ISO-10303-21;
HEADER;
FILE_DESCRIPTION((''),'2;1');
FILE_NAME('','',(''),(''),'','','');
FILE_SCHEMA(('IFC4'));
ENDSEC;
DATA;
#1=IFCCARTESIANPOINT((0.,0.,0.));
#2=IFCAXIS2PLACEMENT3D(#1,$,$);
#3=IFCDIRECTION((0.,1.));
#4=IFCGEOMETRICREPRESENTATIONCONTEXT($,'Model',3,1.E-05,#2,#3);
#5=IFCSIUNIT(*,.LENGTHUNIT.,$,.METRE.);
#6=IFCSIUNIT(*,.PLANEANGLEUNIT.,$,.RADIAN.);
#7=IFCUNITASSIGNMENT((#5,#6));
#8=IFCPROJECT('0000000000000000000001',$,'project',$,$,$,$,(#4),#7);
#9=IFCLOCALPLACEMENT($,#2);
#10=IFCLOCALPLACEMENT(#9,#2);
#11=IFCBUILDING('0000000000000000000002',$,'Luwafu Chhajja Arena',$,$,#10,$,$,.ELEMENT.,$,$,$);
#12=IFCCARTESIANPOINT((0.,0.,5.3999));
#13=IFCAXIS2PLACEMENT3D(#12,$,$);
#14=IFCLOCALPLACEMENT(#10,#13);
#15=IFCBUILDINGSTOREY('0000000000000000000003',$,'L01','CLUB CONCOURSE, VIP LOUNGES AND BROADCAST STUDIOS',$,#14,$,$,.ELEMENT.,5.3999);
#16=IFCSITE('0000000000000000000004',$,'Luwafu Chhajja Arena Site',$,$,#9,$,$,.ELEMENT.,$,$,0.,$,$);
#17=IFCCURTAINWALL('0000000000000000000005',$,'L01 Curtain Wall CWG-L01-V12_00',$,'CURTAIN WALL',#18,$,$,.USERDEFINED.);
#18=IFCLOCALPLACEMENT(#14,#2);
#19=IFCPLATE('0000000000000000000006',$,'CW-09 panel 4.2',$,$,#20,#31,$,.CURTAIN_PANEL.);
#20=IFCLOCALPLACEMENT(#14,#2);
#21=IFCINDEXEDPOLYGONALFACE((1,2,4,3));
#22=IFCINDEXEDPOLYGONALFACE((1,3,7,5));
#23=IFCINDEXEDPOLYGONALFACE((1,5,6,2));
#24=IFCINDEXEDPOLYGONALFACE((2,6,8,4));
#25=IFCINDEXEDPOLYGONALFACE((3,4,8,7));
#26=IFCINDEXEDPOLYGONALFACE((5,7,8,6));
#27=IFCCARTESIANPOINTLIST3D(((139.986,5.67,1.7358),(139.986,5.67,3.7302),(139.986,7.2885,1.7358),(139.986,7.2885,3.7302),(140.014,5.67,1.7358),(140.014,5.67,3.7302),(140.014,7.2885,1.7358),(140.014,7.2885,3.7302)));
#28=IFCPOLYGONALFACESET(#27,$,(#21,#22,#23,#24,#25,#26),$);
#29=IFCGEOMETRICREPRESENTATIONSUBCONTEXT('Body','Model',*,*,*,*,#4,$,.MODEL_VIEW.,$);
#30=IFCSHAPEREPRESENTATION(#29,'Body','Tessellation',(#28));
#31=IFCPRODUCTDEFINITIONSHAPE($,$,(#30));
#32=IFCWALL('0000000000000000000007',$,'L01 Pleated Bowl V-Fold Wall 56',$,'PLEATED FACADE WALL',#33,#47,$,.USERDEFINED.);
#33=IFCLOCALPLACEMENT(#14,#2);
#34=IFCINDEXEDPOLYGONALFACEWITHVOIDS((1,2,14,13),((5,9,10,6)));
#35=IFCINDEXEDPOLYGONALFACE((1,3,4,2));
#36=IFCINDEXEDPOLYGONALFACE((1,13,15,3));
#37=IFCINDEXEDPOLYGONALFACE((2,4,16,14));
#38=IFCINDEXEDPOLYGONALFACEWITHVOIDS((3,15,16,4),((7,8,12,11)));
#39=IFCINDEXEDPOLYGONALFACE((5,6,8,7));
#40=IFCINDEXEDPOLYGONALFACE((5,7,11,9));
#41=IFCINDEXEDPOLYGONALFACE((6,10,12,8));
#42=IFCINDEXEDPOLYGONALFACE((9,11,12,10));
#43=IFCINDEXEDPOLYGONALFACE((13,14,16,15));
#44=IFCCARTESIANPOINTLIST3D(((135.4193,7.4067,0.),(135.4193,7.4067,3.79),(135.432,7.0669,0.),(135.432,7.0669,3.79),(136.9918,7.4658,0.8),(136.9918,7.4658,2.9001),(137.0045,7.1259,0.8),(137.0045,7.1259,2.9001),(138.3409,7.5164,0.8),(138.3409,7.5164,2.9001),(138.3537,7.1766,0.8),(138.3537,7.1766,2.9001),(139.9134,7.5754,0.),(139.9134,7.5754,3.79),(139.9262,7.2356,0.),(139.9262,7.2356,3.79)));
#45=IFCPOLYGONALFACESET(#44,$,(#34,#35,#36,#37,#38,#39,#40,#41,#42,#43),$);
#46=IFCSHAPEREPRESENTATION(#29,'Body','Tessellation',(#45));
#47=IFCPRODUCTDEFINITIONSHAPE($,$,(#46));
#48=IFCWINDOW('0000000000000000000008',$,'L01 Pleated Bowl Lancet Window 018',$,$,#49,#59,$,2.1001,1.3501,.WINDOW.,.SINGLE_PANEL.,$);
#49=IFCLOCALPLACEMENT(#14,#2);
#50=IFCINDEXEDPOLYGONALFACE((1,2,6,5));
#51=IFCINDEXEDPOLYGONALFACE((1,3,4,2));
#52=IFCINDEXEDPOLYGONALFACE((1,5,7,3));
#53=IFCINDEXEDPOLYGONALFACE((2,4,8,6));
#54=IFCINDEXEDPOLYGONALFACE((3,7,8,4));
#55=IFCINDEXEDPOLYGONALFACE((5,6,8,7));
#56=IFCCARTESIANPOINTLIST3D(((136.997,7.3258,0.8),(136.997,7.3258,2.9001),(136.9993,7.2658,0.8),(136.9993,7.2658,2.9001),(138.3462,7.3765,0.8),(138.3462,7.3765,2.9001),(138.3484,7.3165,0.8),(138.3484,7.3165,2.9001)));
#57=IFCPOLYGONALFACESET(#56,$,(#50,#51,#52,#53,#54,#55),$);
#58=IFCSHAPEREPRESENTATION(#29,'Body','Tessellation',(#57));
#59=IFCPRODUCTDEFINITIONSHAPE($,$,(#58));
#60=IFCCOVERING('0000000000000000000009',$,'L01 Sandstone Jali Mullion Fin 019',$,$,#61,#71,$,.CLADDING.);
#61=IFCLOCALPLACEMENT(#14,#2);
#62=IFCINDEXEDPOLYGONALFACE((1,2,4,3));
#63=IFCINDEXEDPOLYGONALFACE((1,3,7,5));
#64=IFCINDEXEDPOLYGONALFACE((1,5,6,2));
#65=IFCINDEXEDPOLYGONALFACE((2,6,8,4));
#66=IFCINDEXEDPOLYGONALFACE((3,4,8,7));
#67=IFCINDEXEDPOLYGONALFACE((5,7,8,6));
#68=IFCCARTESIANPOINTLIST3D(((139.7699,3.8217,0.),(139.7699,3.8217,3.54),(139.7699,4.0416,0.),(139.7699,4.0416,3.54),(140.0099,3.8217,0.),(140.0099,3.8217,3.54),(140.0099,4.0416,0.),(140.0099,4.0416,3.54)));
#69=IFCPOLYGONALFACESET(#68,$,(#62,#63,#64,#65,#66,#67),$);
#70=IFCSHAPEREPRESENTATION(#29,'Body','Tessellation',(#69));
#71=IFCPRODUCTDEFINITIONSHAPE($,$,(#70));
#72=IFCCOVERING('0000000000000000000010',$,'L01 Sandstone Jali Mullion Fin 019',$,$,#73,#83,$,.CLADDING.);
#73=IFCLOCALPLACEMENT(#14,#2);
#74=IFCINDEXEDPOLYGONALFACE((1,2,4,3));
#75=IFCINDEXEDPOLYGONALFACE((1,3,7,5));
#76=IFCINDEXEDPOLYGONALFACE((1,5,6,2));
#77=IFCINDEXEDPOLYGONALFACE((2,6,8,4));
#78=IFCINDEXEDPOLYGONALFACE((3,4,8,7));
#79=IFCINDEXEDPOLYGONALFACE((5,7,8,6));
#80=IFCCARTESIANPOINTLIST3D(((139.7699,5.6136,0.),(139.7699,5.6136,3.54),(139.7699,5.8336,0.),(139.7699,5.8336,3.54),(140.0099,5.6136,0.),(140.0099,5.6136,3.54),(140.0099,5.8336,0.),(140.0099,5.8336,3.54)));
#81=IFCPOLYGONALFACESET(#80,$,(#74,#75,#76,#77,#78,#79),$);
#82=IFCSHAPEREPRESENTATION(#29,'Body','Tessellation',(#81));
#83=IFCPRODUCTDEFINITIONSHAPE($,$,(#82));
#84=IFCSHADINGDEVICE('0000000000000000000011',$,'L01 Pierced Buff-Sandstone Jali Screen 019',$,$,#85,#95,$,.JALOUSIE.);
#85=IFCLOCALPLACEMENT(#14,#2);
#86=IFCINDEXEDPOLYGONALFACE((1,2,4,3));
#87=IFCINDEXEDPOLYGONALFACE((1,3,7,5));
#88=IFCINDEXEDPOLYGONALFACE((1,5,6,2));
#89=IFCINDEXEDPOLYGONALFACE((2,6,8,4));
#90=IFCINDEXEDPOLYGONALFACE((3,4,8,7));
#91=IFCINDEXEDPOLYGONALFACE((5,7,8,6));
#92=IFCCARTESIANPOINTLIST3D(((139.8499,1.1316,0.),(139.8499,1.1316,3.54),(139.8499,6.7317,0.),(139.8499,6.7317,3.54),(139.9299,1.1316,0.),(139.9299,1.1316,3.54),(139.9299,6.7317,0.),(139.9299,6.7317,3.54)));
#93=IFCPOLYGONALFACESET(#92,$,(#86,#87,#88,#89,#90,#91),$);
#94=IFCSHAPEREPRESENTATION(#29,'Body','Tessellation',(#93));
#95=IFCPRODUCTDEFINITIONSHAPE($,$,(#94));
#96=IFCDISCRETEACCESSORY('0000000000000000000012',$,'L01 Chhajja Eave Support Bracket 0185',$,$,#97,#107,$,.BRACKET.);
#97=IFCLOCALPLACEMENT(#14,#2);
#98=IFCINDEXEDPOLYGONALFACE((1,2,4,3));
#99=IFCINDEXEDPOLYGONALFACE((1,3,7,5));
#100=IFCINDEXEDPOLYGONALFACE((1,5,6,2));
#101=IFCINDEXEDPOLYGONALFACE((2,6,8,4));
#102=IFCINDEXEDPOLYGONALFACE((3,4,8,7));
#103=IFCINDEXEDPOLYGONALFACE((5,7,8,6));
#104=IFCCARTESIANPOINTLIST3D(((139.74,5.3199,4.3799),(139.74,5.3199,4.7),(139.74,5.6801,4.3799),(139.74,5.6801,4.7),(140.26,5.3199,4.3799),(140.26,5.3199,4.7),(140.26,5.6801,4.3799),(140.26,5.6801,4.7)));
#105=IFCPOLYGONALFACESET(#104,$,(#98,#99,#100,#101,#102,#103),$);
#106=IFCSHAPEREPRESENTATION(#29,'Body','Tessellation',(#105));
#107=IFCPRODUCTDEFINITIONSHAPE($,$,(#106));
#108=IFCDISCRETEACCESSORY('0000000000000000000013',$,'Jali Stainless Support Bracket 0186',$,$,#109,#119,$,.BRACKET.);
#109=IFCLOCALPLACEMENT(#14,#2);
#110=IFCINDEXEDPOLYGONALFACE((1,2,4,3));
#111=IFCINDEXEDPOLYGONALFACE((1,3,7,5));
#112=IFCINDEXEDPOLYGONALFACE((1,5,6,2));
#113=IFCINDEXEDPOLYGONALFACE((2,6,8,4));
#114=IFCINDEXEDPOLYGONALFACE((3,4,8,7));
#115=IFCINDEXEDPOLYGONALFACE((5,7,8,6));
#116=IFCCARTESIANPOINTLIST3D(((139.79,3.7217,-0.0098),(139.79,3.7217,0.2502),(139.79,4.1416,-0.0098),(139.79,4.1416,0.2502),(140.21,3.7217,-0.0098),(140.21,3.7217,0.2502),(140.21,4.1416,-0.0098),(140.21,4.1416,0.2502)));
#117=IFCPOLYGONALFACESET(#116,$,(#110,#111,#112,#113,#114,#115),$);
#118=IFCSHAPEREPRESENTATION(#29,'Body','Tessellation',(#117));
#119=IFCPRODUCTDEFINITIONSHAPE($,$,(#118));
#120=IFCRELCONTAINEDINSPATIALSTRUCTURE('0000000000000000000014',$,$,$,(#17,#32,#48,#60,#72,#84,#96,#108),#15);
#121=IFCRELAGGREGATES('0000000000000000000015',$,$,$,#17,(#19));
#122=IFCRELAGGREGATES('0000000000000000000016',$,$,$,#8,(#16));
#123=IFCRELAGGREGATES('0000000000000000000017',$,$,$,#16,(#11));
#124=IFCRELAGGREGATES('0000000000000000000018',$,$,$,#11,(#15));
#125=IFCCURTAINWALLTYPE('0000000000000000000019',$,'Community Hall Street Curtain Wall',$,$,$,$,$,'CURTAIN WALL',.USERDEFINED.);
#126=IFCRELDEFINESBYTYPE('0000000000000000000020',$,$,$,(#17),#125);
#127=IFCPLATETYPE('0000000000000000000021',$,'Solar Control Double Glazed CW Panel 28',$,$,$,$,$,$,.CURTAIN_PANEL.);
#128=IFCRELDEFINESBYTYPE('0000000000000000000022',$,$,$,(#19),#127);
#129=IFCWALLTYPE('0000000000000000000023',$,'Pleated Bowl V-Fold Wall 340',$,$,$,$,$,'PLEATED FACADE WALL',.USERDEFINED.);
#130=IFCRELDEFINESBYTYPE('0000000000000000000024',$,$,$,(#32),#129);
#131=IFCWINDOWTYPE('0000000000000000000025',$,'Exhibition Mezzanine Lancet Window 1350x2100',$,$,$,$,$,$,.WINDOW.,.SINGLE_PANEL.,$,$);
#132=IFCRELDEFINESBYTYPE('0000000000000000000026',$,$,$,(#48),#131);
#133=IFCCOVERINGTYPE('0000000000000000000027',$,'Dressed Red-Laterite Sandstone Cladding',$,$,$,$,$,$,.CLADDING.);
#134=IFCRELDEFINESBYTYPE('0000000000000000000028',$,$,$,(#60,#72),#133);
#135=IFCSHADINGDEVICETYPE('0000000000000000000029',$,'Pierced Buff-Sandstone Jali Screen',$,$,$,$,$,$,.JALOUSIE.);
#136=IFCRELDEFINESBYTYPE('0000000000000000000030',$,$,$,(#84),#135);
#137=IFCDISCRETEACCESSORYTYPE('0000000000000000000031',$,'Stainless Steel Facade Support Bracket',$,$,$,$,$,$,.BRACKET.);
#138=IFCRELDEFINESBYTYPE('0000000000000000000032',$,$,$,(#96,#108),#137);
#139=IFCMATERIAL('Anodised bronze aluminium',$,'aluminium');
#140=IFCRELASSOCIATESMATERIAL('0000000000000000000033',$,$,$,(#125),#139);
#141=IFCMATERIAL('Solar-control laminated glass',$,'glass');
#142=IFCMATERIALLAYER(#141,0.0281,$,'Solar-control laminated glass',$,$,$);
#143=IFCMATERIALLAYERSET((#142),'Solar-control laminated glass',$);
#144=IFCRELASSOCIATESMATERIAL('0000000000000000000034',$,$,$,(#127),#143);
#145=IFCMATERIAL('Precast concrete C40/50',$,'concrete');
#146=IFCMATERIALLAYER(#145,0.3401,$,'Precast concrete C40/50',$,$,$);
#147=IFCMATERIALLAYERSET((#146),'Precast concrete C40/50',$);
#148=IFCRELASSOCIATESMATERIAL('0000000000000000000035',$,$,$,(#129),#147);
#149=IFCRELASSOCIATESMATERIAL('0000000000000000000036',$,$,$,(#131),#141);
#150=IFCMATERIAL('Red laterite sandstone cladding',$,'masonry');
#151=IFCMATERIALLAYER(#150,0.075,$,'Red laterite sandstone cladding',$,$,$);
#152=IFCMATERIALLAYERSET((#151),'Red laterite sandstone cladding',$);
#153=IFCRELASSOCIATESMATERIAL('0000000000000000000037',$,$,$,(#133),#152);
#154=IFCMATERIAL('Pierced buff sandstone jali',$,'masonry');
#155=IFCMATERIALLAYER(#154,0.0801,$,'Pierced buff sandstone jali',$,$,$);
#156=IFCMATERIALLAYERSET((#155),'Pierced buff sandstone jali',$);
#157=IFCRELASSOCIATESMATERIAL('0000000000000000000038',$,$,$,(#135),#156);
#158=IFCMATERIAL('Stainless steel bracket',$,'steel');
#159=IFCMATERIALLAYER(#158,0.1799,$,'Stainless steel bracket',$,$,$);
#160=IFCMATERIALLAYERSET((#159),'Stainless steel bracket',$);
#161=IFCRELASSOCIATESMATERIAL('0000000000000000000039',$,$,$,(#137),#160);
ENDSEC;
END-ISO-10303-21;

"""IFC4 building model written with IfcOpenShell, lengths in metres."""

from ifc_helpers import new_model, si_unit, direction, frame, frame_2d, origin, origin_2d, place, context, subcontext, project, spatial, rectangle, extrude, material, layer, layer_set, type_object, element, fill, aggregate, save


model = new_model("IFC4")

# Units and contexts
model_context = context("Model", 3, precision=1e-05, world=origin(), true_north=direction((0.0, 1.0)))
body_context = subcontext(model_context, "Body", "Model", "MODEL_VIEW")
ifc_project = project(units=[si_unit("LENGTHUNIT", "METRE"), si_unit("PLANEANGLEUNIT", "RADIAN")], contexts=[model_context])

# Site, building, storey
site_placement = place(None, origin())
site = spatial("IfcSite", under=ifc_project, at=site_placement, Name="Luwafu Chhajja Arena Site", CompositionType="ELEMENT", RefElevation=0.0)
building_placement = place(site_placement, origin())
building = spatial("IfcBuilding", under=site, at=building_placement, Name="Luwafu Chhajja Arena", CompositionType="ELEMENT")
storey_placement = place(building_placement, frame((0.0, 0.0, 5.3999)))
storey = spatial("IfcBuildingStorey", under=building, at=storey_placement, Name="L01", Description="CLUB CONCOURSE, VIP LOUNGES AND BROADCAST STUDIOS", CompositionType="ELEMENT", Elevation=5.3999)

# Curtain wall
ifc_material_1 = material(Name="Anodised bronze aluminium", Category="aluminium")
curtain_wall_type = type_object("IfcCurtainWallType", Name="Community Hall Street Curtain Wall", ElementType="CURTAIN WALL", PredefinedType="USERDEFINED", material=ifc_material_1)
curtain_wall_placement = place(storey_placement, origin())
curtain_wall = element("IfcCurtainWall", 1, at=curtain_wall_placement, inside=storey, type_object=curtain_wall_type, Name="L01 Curtain Wall CWG-L01-V12_00", ObjectType="CURTAIN WALL", PredefinedType="USERDEFINED")

# Plate
ifc_material_2 = material(Name="Solar-control laminated glass", Category="glass")
ifc_layer_1 = layer(ifc_material_2, 0.0281, Name="Solar-control laminated glass")
ifc_layer_set_1 = layer_set([ifc_layer_1], Name="Solar-control laminated glass")
plate_type = type_object("IfcPlateType", Name="Solar Control Double Glazed CW Panel 28", PredefinedType="CURTAIN_PANEL", material=ifc_layer_set_1)
plate_1_placement = place(storey_placement, frame((140.0, 6.4792, 1.7358), z_axis=(0.0, 0.0, 1.0), x_axis=(0.0, 1.0, 0.0)))
plate_1 = element("IfcPlate", 2, at=plate_1_placement, type_object=plate_type, Name="CW-09 panel 4.2", PredefinedType="CURTAIN_PANEL", context=body_context, shape_type="SweptSolid", body=[
    extrude(rectangle(XDim=1.6184, YDim=0.0281, at=origin_2d()), origin(), (0.0, 0.0, 1.0), 1.9944),
])
aggregate(curtain_wall, [plate_1])

# Wall, opening, window
ifc_material_3 = material(Name="Precast concrete C40/50", Category="concrete")
ifc_layer_2 = layer(ifc_material_3, 0.3401, Name="Precast concrete C40/50")
ifc_layer_set_2 = layer_set([ifc_layer_2], Name="Precast concrete C40/50")
wall_type = type_object("IfcWallType", Name="Pleated Bowl V-Fold Wall 340", ElementType="PLEATED FACADE WALL", PredefinedType="USERDEFINED", material=ifc_layer_set_2)
wall_placement = place(storey_placement, frame((135.4258, 7.2368, 0.0), z_axis=(0.0, 0.0, 1.0), x_axis=(0.999296, 0.037512, 0.0)))
wall = element("IfcWall", 3, at=wall_placement, inside=storey, type_object=wall_type, Name="L01 Pleated Bowl V-Fold Wall 56", ObjectType="PLEATED FACADE WALL", PredefinedType="USERDEFINED", context=body_context, shape_type="SweptSolid", body=[
    extrude(rectangle(XDim=4.4973, YDim=0.3401, at=frame_2d((2.2485, 0.0))), origin(), (0.0, 0.0, 1.0), 3.79),
])
opening_placement = place(wall_placement, frame((1.5735, 0.0, 0.8)))
opening = element("IfcOpeningElement", 4, at=opening_placement, cuts=wall, PredefinedType="OPENING", context=body_context, shape_type="SweptSolid", body=[
    extrude(rectangle(XDim=1.3501, YDim=2.1001, at=frame_2d((0.675, 1.05))), frame((0.0, 0.1799, 0.0), z_axis=(0.0, -1.0, 0.0), x_axis=(1.0, 0.0, 0.0)), (0.0, 0.0, 1.0), 0.3601),
])
window_type = type_object("IfcWindowType", Name="Exhibition Mezzanine Lancet Window 1350x2100", PartitioningType="SINGLE_PANEL", PredefinedType="WINDOW", material=ifc_material_2)
window_placement = place(opening_placement, origin())
window = element("IfcWindow", 5, at=window_placement, inside=storey, type_object=window_type, Name="L01 Pleated Bowl Lancet Window 018", OverallHeight=2.1001, OverallWidth=1.3501, PartitioningType="SINGLE_PANEL", PredefinedType="WINDOW", context=body_context, shape_type="SweptSolid", body=[
    extrude(rectangle(XDim=1.3501, YDim=2.1001, at=frame_2d((0.675, 1.05))), frame((0.0, 0.03, 0.0), z_axis=(0.0, -1.0, 0.0), x_axis=(1.0, 0.0, 0.0)), (0.0, 0.0, 1.0), 0.0601),
])
fill(opening, window)

# Coverings
ifc_material_4 = material(Name="Red laterite sandstone cladding", Category="masonry")
ifc_layer_3 = layer(ifc_material_4, 0.075, Name="Red laterite sandstone cladding")
ifc_layer_set_3 = layer_set([ifc_layer_3], Name="Red laterite sandstone cladding")
covering_type = type_object("IfcCoveringType", Name="Dressed Red-Laterite Sandstone Cladding", PredefinedType="CLADDING", material=ifc_layer_set_3)
for number, where, z_axis, x_axis, name in (
    (6, (139.8899, 3.9316, 0.0), (0.0, 0.0, 1.0), (0.0, 1.0, 0.0), "L01 Sandstone Jali Mullion Fin 019"),
    (7, (139.8899, 5.7236, 0.0), (0.0, 0.0, 1.0), (0.0, 1.0, 0.0), "L01 Sandstone Jali Mullion Fin 019"),
):
    element("IfcCovering", number, at=place(storey_placement, frame(where, z_axis=z_axis, x_axis=x_axis)), inside=storey, type_object=covering_type, Name=name, PredefinedType="CLADDING", context=body_context, shape_type="SweptSolid", body=[
        extrude(rectangle(XDim=0.22, YDim=0.24, at=origin_2d()), origin(), (0.0, 0.0, 1.0), 3.54),
    ])

# Shading device
ifc_material_5 = material(Name="Pierced buff sandstone jali", Category="masonry")
ifc_layer_4 = layer(ifc_material_5, 0.0801, Name="Pierced buff sandstone jali")
ifc_layer_set_4 = layer_set([ifc_layer_4], Name="Pierced buff sandstone jali")
shading_device_type = type_object("IfcShadingDeviceType", Name="Pierced Buff-Sandstone Jali Screen", PredefinedType="JALOUSIE", material=ifc_layer_set_4)
shading_device_placement = place(storey_placement, frame((139.8899, 3.9316, 0.0), z_axis=(0.0, 0.0, 1.0), x_axis=(0.0, 1.0, 0.0)))
element("IfcShadingDevice", 8, at=shading_device_placement, inside=storey, type_object=shading_device_type, Name="L01 Pierced Buff-Sandstone Jali Screen 019", PredefinedType="JALOUSIE", context=body_context, shape_type="SweptSolid", body=[
    extrude(rectangle(XDim=5.6001, YDim=0.0801, at=origin_2d()), origin(), (0.0, 0.0, 1.0), 3.54),
])

# Discrete accessories
ifc_material_6 = material(Name="Stainless steel bracket", Category="steel")
ifc_layer_5 = layer(ifc_material_6, 0.1799, Name="Stainless steel bracket")
ifc_layer_set_5 = layer_set([ifc_layer_5], Name="Stainless steel bracket")
discrete_accessory_type = type_object("IfcDiscreteAccessoryType", Name="Stainless Steel Facade Support Bracket", PredefinedType="BRACKET", material=ifc_layer_set_5)
discrete_accessory_1_placement = place(storey_placement, frame((140.0, 5.5, 4.3799), z_axis=(0.0, 0.0, 1.0), x_axis=(0.0, 1.0, 0.0)))
element("IfcDiscreteAccessory", 9, at=discrete_accessory_1_placement, inside=storey, type_object=discrete_accessory_type, Name="L01 Chhajja Eave Support Bracket 0185", PredefinedType="BRACKET", context=body_context, shape_type="SweptSolid", body=[
    extrude(rectangle(XDim=0.3601, YDim=0.52, at=origin_2d()), origin(), (0.0, 0.0, 1.0), 0.3201),
])
discrete_accessory_2_placement = place(storey_placement, frame((140.0, 3.9316, -0.0098), z_axis=(0.0, 0.0, 1.0), x_axis=(0.0, 1.0, 0.0)))
element("IfcDiscreteAccessory", 10, at=discrete_accessory_2_placement, inside=storey, type_object=discrete_accessory_type, Name="Jali Stainless Support Bracket 0186", PredefinedType="BRACKET", context=body_context, shape_type="SweptSolid", body=[
    extrude(rectangle(XDim=0.4199, YDim=0.4199, at=origin_2d()), origin(), (0.0, 0.0, 1.0), 0.26),
])

save(model, "model.ifc")
